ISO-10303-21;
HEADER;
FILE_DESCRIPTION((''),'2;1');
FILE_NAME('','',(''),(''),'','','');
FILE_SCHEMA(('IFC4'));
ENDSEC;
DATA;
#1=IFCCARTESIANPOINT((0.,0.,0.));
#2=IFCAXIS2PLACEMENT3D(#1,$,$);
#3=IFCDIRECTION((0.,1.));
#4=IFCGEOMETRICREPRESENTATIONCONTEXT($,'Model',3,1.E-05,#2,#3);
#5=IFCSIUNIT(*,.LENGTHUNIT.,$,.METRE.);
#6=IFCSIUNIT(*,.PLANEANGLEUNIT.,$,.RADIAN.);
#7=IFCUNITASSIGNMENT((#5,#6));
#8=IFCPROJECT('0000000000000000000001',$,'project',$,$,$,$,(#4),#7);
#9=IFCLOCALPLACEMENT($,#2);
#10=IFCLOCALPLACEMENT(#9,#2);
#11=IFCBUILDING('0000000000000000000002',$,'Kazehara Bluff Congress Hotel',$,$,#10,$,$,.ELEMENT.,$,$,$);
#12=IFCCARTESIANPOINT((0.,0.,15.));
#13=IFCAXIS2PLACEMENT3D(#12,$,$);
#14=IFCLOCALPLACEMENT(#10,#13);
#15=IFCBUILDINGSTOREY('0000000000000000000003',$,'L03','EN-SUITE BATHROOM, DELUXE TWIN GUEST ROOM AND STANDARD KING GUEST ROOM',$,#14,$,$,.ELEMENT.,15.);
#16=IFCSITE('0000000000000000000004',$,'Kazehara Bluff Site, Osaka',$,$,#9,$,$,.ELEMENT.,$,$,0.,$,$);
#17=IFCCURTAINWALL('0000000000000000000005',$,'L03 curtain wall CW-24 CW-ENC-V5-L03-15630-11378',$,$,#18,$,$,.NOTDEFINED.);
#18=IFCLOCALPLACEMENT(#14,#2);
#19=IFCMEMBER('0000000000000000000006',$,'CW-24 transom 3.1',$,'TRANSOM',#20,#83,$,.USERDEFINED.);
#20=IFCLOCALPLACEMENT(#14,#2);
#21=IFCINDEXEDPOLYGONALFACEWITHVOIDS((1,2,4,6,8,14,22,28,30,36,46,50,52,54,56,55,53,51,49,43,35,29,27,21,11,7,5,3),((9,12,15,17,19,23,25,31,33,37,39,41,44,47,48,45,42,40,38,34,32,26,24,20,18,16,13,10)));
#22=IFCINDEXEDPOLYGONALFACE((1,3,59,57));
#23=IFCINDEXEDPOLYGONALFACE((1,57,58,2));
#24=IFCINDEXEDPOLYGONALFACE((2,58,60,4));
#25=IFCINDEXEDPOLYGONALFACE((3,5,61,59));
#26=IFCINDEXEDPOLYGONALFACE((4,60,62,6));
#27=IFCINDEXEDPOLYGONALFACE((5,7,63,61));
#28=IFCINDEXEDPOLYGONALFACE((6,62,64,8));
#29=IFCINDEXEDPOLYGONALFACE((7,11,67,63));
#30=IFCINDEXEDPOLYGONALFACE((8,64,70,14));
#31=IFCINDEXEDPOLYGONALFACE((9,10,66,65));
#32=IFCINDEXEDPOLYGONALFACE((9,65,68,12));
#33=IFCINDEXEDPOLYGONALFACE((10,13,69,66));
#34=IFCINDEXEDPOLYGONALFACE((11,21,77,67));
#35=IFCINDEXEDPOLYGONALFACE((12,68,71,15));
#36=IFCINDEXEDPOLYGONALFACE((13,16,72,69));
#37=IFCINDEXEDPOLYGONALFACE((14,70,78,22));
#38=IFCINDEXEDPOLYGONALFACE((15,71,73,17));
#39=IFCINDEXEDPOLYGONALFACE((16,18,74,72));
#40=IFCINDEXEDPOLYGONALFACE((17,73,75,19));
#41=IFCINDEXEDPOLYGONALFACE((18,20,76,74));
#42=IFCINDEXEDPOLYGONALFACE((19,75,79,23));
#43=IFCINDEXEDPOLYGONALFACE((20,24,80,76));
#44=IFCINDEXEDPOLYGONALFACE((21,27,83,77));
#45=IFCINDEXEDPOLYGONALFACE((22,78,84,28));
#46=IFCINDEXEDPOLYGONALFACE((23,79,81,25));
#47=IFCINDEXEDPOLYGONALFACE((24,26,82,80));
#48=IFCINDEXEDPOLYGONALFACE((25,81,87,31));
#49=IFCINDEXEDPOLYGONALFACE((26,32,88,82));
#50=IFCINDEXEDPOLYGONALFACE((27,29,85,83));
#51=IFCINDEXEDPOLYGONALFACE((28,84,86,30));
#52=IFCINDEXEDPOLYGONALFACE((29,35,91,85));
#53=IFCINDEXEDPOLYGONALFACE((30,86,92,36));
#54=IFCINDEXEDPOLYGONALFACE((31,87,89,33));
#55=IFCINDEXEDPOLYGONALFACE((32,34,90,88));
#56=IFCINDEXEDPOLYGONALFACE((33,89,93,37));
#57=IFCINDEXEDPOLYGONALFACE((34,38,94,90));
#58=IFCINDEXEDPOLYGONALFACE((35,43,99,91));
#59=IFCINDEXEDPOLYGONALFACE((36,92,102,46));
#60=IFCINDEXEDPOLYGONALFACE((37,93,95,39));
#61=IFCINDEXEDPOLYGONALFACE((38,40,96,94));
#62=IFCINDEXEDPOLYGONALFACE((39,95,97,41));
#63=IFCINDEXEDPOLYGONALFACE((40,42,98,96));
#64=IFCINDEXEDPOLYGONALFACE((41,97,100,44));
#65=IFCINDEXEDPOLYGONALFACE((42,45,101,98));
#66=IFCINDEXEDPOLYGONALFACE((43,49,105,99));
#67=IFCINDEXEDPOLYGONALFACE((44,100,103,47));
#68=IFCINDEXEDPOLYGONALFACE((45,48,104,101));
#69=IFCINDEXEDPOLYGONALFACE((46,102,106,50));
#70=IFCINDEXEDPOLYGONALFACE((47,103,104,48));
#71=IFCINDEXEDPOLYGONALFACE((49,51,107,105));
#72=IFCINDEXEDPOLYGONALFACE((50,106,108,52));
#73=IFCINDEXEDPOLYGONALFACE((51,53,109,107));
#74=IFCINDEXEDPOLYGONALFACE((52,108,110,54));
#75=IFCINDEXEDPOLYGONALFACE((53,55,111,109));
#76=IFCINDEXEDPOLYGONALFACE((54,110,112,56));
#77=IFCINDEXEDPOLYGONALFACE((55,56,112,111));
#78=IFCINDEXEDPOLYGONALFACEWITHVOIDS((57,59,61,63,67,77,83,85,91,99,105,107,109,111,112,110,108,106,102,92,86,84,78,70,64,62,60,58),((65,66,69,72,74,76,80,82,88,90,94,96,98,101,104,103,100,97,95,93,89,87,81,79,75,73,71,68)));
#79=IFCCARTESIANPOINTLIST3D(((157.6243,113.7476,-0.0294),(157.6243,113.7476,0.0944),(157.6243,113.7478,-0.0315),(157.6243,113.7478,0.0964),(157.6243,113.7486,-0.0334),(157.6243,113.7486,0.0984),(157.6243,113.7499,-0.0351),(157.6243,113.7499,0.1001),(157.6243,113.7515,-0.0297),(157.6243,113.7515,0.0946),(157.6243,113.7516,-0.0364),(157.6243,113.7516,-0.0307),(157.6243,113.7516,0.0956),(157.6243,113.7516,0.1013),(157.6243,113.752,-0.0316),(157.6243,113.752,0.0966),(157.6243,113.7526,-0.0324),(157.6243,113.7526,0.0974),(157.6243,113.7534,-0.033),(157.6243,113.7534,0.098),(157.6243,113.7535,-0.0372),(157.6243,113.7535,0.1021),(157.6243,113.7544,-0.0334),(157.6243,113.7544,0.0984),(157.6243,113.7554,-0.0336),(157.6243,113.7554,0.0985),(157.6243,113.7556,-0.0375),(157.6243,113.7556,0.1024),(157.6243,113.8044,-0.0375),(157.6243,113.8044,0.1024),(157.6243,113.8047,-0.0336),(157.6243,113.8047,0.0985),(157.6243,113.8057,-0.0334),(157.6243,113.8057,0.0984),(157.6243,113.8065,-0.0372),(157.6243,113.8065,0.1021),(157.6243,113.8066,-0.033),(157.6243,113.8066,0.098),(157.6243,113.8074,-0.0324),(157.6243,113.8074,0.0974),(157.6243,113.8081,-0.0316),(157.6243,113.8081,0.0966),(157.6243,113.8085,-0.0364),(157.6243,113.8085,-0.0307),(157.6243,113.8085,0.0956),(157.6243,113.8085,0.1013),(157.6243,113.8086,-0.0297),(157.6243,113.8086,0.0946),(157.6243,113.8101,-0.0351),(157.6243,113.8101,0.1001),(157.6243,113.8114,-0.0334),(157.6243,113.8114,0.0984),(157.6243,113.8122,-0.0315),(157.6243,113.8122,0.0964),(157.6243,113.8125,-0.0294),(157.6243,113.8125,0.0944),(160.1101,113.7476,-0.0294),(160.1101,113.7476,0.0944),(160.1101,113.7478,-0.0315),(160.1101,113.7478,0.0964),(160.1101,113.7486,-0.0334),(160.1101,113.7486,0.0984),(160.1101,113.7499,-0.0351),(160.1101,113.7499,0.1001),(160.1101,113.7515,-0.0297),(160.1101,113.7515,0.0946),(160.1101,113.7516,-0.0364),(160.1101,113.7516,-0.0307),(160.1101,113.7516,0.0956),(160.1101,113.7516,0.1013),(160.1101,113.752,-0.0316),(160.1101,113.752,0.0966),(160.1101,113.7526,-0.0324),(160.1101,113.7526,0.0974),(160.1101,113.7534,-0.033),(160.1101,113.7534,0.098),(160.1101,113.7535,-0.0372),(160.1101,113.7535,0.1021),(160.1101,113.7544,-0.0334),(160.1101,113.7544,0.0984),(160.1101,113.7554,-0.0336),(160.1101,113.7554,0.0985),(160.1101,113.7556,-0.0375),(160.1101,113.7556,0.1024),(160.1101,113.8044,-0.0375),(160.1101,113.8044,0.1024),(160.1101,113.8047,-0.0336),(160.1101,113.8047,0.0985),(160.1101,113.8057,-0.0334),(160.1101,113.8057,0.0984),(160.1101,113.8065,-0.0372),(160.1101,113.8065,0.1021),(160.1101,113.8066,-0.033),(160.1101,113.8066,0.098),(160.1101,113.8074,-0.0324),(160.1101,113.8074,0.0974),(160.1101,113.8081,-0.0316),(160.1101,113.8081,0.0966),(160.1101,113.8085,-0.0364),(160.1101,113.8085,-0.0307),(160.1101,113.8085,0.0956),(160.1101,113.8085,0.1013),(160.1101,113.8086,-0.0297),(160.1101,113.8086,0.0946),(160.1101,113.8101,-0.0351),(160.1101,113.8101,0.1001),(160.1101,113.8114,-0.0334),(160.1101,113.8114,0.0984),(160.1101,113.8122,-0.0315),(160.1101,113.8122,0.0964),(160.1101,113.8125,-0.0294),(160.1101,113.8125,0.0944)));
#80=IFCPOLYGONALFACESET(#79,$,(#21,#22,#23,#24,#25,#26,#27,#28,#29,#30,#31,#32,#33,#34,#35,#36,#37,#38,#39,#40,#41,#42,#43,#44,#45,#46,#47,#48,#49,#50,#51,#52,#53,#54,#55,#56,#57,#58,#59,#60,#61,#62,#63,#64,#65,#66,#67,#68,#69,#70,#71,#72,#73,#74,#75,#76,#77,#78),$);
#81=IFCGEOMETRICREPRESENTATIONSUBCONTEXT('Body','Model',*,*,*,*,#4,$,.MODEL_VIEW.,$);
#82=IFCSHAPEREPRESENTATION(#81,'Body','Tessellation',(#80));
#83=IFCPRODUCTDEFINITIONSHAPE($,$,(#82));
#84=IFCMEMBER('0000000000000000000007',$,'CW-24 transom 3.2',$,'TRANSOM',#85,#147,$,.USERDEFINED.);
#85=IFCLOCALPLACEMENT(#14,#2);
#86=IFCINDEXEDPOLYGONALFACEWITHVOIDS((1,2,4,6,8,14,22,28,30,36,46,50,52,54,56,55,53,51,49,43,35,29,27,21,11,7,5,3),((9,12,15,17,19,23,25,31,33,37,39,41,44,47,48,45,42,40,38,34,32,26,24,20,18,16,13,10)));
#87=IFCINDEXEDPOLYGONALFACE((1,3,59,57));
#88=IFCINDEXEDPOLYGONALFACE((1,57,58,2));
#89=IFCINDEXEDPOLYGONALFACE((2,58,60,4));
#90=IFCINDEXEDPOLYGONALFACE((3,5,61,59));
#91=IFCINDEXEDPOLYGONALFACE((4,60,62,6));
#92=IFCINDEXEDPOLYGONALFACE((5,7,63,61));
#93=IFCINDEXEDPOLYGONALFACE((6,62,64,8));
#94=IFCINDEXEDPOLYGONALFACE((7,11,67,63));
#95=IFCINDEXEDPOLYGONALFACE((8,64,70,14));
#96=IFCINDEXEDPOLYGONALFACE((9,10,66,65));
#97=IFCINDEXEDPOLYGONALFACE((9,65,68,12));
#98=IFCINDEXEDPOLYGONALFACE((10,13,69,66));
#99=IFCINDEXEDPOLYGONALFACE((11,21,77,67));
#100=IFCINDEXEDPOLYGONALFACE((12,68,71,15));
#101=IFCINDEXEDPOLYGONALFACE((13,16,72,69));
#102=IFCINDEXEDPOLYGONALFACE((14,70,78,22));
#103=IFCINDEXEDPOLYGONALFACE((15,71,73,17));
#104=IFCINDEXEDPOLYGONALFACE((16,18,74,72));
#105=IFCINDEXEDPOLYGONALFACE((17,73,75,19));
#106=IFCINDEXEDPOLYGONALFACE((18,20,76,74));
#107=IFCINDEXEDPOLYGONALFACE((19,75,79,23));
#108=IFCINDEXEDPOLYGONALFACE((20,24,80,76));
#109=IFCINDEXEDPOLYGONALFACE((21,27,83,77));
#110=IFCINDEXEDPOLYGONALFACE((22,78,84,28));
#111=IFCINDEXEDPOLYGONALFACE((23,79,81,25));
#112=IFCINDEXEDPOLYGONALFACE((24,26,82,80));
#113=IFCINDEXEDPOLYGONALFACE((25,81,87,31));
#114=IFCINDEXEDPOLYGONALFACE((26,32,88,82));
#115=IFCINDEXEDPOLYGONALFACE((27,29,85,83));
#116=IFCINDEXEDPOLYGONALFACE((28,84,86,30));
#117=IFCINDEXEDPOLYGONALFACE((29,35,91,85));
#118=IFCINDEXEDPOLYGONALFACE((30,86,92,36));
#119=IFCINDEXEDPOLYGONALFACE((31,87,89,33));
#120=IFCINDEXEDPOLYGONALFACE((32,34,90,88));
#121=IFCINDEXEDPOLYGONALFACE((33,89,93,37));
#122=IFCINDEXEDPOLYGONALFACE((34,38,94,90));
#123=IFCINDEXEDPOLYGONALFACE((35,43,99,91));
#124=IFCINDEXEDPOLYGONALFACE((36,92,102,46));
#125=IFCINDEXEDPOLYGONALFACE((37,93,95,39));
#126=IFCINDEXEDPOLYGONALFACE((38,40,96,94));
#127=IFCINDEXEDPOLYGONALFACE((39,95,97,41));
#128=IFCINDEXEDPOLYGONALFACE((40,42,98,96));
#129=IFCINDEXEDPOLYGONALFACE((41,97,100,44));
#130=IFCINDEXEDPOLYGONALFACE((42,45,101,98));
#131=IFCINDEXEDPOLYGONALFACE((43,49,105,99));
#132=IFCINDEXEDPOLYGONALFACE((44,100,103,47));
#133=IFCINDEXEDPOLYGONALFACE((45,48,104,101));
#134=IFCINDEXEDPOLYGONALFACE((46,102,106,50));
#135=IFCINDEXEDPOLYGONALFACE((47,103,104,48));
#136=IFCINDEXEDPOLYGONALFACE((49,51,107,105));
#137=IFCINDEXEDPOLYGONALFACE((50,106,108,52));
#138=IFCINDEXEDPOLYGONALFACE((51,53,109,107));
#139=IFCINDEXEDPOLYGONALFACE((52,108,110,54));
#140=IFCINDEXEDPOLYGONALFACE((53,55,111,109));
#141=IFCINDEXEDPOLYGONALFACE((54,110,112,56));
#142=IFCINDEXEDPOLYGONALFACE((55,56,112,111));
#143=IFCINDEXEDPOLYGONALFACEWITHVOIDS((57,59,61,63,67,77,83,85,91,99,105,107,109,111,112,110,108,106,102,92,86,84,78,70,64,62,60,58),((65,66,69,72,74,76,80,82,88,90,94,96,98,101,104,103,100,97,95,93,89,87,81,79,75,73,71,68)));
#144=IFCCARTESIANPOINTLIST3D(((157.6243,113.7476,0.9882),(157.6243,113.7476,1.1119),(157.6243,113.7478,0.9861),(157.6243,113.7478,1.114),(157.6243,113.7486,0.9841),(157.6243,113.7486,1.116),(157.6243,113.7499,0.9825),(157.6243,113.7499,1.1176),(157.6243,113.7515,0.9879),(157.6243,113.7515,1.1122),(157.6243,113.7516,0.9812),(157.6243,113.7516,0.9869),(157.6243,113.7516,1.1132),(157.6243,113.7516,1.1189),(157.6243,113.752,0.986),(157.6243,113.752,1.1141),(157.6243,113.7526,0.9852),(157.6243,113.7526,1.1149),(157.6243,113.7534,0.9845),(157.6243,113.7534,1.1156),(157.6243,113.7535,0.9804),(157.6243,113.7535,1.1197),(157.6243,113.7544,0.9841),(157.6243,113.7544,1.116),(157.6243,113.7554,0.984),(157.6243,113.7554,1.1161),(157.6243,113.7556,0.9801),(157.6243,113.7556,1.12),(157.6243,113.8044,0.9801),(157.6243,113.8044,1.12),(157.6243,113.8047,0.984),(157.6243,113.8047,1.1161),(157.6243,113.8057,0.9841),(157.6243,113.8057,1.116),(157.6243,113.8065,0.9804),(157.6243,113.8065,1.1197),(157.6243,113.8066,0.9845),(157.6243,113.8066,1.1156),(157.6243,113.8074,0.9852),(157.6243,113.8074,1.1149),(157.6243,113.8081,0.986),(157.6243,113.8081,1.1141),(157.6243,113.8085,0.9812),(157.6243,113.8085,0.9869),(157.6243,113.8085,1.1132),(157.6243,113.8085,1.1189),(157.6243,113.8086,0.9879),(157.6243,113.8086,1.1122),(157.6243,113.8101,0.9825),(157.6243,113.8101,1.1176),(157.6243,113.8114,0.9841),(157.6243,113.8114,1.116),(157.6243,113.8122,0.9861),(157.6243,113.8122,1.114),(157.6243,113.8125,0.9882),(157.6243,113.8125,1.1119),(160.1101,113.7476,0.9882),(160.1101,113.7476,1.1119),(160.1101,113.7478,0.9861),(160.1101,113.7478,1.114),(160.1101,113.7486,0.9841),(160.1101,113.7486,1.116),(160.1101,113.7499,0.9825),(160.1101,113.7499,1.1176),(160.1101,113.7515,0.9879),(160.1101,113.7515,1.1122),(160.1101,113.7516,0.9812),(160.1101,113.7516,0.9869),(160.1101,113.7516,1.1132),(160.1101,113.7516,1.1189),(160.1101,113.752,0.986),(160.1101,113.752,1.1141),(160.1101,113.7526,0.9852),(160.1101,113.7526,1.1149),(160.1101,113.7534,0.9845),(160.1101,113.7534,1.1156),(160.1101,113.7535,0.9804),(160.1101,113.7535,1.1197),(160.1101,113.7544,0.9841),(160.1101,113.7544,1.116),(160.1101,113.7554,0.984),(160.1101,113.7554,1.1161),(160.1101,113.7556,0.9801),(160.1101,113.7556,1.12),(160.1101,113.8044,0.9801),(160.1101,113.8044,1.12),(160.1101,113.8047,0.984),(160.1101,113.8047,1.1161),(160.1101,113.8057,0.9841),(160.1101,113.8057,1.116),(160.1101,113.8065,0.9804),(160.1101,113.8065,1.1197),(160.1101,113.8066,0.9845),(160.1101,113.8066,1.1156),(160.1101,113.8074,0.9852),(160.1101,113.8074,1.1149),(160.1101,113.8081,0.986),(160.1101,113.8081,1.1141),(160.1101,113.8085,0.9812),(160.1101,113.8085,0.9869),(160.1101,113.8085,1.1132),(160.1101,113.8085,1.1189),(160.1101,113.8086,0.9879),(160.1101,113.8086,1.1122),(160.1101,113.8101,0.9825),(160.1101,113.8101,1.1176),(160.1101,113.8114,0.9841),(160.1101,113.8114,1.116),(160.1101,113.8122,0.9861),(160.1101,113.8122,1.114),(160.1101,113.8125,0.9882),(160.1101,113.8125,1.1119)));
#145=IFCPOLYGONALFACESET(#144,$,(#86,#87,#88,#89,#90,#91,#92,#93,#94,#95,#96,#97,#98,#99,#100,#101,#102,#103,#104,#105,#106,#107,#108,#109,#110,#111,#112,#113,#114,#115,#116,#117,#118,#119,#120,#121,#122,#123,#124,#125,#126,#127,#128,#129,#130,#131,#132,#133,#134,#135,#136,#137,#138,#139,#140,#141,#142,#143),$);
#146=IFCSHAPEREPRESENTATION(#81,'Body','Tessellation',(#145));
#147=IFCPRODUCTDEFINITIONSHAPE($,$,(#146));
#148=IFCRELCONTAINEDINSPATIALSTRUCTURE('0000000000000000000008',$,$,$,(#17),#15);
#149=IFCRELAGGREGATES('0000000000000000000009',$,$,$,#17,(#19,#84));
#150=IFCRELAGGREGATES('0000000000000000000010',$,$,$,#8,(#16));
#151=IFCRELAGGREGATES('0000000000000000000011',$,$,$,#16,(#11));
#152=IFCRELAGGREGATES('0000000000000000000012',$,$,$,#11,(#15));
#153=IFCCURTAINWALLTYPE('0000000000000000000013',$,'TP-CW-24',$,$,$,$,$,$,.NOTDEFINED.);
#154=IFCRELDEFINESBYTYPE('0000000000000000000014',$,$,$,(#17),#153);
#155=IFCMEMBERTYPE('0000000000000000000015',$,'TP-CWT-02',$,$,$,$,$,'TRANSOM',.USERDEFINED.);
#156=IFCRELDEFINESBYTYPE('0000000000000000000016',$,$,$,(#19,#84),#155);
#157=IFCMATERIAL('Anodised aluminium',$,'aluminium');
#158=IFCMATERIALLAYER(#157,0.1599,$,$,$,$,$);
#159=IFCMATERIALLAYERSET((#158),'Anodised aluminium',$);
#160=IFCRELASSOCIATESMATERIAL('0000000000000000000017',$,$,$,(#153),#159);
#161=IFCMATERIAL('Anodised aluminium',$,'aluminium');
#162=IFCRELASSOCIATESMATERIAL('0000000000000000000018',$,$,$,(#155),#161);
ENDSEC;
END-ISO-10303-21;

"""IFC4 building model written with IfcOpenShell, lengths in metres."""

from ifc_helpers import new_model, si_unit, direction, frame, origin, origin_2d, place, context, subcontext, project, spatial, hollow_rectangle, extrude, material, layer, layer_set, material_profile, profile_set, type_object, element, aggregate, save


model = new_model("IFC4")

# Units and contexts
model_context = context("Model", 3, precision=1e-05, world=origin(), true_north=direction((0.0, 1.0)))
body_context = subcontext(model_context, "Body", "Model", "MODEL_VIEW")
ifc_project = project(units=[si_unit("LENGTHUNIT", "METRE"), si_unit("PLANEANGLEUNIT", "RADIAN")], contexts=[model_context])

# Site, building, storey
site_placement = place(None, origin())
site = spatial("IfcSite", under=ifc_project, at=site_placement, Name="Kazehara Bluff Site, Osaka", CompositionType="ELEMENT", RefElevation=0.0)
building_placement = place(site_placement, origin())
building = spatial("IfcBuilding", under=site, at=building_placement, Name="Kazehara Bluff Congress Hotel", CompositionType="ELEMENT")
storey_placement = place(building_placement, frame((0.0, 0.0, 15.0)))
storey = spatial("IfcBuildingStorey", under=building, at=storey_placement, Name="L03", Description="EN-SUITE BATHROOM, DELUXE TWIN GUEST ROOM AND STANDARD KING GUEST ROOM", CompositionType="ELEMENT", Elevation=15.0)

# Curtain wall
ifc_material_1 = material(Name="Anodised aluminium", Category="aluminium")
ifc_layer_1 = layer(ifc_material_1, 0.1599)
ifc_layer_set_1 = layer_set([ifc_layer_1], Name="Anodised aluminium")
curtain_wall_type_1 = type_object("IfcCurtainWallType", Name="TP-CW-24", PredefinedType="NOTDEFINED", material=ifc_layer_set_1)
curtain_wall_1_placement = place(storey_placement, origin())
curtain_wall_1 = element("IfcCurtainWall", 1, at=curtain_wall_1_placement, inside=storey, type_object=curtain_wall_type_1, Name="L03 curtain wall CW-24 CW-ENC-V5-L03-15630-11378", PredefinedType="NOTDEFINED")

# Members
ifc_material_2 = material(Name="Anodised aluminium", Category="aluminium")
ifc_material_profile_1 = material_profile(ifc_material_2, hollow_rectangle(XDim=0.0649, YDim=0.1399, WallThickness=0.0039, InnerFilletRadius=0.0039, OuterFilletRadius=0.0081, at=origin_2d()))
ifc_profile_set_1 = profile_set([ifc_material_profile_1], Name="Anodised aluminium")
member_type_1 = type_object("IfcMemberType", Name="TP-CWT-02", ElementType="TRANSOM", PredefinedType="USERDEFINED", material=ifc_profile_set_1)
member_1_placement = place(storey_placement, frame((157.6243, 113.78, 0.0325), z_axis=(1.0, 0.0, 0.0), x_axis=(0.0, 1.0, 0.0)))
member_1 = element("IfcMember", 2, at=member_1_placement, type_object=member_type_1, Name="CW-24 transom 3.1", ObjectType="TRANSOM", PredefinedType="USERDEFINED", context=body_context, shape_type="SweptSolid", body=[
    extrude(hollow_rectangle(XDim=0.0649, YDim=0.1399, WallThickness=0.0039, InnerFilletRadius=0.0039, OuterFilletRadius=0.0081, at=origin_2d()), origin(), (0.0, 0.0, 1.0), 2.4858),
])
member_2_placement = place(storey_placement, frame((157.6243, 113.78, 1.05), z_axis=(1.0, 0.0, 0.0), x_axis=(0.0, 1.0, 0.0)))
member_2 = element("IfcMember", 3, at=member_2_placement, type_object=member_type_1, Name="CW-24 transom 3.2", ObjectType="TRANSOM", PredefinedType="USERDEFINED", context=body_context, shape_type="SweptSolid", body=[
    extrude(hollow_rectangle(XDim=0.0649, YDim=0.1399, WallThickness=0.0039, InnerFilletRadius=0.0039, OuterFilletRadius=0.0081, at=origin_2d()), origin(), (0.0, 0.0, 1.0), 2.4858),
])

aggregate(curtain_wall_1, [member_1, member_2])

save(model, "model.ifc")
